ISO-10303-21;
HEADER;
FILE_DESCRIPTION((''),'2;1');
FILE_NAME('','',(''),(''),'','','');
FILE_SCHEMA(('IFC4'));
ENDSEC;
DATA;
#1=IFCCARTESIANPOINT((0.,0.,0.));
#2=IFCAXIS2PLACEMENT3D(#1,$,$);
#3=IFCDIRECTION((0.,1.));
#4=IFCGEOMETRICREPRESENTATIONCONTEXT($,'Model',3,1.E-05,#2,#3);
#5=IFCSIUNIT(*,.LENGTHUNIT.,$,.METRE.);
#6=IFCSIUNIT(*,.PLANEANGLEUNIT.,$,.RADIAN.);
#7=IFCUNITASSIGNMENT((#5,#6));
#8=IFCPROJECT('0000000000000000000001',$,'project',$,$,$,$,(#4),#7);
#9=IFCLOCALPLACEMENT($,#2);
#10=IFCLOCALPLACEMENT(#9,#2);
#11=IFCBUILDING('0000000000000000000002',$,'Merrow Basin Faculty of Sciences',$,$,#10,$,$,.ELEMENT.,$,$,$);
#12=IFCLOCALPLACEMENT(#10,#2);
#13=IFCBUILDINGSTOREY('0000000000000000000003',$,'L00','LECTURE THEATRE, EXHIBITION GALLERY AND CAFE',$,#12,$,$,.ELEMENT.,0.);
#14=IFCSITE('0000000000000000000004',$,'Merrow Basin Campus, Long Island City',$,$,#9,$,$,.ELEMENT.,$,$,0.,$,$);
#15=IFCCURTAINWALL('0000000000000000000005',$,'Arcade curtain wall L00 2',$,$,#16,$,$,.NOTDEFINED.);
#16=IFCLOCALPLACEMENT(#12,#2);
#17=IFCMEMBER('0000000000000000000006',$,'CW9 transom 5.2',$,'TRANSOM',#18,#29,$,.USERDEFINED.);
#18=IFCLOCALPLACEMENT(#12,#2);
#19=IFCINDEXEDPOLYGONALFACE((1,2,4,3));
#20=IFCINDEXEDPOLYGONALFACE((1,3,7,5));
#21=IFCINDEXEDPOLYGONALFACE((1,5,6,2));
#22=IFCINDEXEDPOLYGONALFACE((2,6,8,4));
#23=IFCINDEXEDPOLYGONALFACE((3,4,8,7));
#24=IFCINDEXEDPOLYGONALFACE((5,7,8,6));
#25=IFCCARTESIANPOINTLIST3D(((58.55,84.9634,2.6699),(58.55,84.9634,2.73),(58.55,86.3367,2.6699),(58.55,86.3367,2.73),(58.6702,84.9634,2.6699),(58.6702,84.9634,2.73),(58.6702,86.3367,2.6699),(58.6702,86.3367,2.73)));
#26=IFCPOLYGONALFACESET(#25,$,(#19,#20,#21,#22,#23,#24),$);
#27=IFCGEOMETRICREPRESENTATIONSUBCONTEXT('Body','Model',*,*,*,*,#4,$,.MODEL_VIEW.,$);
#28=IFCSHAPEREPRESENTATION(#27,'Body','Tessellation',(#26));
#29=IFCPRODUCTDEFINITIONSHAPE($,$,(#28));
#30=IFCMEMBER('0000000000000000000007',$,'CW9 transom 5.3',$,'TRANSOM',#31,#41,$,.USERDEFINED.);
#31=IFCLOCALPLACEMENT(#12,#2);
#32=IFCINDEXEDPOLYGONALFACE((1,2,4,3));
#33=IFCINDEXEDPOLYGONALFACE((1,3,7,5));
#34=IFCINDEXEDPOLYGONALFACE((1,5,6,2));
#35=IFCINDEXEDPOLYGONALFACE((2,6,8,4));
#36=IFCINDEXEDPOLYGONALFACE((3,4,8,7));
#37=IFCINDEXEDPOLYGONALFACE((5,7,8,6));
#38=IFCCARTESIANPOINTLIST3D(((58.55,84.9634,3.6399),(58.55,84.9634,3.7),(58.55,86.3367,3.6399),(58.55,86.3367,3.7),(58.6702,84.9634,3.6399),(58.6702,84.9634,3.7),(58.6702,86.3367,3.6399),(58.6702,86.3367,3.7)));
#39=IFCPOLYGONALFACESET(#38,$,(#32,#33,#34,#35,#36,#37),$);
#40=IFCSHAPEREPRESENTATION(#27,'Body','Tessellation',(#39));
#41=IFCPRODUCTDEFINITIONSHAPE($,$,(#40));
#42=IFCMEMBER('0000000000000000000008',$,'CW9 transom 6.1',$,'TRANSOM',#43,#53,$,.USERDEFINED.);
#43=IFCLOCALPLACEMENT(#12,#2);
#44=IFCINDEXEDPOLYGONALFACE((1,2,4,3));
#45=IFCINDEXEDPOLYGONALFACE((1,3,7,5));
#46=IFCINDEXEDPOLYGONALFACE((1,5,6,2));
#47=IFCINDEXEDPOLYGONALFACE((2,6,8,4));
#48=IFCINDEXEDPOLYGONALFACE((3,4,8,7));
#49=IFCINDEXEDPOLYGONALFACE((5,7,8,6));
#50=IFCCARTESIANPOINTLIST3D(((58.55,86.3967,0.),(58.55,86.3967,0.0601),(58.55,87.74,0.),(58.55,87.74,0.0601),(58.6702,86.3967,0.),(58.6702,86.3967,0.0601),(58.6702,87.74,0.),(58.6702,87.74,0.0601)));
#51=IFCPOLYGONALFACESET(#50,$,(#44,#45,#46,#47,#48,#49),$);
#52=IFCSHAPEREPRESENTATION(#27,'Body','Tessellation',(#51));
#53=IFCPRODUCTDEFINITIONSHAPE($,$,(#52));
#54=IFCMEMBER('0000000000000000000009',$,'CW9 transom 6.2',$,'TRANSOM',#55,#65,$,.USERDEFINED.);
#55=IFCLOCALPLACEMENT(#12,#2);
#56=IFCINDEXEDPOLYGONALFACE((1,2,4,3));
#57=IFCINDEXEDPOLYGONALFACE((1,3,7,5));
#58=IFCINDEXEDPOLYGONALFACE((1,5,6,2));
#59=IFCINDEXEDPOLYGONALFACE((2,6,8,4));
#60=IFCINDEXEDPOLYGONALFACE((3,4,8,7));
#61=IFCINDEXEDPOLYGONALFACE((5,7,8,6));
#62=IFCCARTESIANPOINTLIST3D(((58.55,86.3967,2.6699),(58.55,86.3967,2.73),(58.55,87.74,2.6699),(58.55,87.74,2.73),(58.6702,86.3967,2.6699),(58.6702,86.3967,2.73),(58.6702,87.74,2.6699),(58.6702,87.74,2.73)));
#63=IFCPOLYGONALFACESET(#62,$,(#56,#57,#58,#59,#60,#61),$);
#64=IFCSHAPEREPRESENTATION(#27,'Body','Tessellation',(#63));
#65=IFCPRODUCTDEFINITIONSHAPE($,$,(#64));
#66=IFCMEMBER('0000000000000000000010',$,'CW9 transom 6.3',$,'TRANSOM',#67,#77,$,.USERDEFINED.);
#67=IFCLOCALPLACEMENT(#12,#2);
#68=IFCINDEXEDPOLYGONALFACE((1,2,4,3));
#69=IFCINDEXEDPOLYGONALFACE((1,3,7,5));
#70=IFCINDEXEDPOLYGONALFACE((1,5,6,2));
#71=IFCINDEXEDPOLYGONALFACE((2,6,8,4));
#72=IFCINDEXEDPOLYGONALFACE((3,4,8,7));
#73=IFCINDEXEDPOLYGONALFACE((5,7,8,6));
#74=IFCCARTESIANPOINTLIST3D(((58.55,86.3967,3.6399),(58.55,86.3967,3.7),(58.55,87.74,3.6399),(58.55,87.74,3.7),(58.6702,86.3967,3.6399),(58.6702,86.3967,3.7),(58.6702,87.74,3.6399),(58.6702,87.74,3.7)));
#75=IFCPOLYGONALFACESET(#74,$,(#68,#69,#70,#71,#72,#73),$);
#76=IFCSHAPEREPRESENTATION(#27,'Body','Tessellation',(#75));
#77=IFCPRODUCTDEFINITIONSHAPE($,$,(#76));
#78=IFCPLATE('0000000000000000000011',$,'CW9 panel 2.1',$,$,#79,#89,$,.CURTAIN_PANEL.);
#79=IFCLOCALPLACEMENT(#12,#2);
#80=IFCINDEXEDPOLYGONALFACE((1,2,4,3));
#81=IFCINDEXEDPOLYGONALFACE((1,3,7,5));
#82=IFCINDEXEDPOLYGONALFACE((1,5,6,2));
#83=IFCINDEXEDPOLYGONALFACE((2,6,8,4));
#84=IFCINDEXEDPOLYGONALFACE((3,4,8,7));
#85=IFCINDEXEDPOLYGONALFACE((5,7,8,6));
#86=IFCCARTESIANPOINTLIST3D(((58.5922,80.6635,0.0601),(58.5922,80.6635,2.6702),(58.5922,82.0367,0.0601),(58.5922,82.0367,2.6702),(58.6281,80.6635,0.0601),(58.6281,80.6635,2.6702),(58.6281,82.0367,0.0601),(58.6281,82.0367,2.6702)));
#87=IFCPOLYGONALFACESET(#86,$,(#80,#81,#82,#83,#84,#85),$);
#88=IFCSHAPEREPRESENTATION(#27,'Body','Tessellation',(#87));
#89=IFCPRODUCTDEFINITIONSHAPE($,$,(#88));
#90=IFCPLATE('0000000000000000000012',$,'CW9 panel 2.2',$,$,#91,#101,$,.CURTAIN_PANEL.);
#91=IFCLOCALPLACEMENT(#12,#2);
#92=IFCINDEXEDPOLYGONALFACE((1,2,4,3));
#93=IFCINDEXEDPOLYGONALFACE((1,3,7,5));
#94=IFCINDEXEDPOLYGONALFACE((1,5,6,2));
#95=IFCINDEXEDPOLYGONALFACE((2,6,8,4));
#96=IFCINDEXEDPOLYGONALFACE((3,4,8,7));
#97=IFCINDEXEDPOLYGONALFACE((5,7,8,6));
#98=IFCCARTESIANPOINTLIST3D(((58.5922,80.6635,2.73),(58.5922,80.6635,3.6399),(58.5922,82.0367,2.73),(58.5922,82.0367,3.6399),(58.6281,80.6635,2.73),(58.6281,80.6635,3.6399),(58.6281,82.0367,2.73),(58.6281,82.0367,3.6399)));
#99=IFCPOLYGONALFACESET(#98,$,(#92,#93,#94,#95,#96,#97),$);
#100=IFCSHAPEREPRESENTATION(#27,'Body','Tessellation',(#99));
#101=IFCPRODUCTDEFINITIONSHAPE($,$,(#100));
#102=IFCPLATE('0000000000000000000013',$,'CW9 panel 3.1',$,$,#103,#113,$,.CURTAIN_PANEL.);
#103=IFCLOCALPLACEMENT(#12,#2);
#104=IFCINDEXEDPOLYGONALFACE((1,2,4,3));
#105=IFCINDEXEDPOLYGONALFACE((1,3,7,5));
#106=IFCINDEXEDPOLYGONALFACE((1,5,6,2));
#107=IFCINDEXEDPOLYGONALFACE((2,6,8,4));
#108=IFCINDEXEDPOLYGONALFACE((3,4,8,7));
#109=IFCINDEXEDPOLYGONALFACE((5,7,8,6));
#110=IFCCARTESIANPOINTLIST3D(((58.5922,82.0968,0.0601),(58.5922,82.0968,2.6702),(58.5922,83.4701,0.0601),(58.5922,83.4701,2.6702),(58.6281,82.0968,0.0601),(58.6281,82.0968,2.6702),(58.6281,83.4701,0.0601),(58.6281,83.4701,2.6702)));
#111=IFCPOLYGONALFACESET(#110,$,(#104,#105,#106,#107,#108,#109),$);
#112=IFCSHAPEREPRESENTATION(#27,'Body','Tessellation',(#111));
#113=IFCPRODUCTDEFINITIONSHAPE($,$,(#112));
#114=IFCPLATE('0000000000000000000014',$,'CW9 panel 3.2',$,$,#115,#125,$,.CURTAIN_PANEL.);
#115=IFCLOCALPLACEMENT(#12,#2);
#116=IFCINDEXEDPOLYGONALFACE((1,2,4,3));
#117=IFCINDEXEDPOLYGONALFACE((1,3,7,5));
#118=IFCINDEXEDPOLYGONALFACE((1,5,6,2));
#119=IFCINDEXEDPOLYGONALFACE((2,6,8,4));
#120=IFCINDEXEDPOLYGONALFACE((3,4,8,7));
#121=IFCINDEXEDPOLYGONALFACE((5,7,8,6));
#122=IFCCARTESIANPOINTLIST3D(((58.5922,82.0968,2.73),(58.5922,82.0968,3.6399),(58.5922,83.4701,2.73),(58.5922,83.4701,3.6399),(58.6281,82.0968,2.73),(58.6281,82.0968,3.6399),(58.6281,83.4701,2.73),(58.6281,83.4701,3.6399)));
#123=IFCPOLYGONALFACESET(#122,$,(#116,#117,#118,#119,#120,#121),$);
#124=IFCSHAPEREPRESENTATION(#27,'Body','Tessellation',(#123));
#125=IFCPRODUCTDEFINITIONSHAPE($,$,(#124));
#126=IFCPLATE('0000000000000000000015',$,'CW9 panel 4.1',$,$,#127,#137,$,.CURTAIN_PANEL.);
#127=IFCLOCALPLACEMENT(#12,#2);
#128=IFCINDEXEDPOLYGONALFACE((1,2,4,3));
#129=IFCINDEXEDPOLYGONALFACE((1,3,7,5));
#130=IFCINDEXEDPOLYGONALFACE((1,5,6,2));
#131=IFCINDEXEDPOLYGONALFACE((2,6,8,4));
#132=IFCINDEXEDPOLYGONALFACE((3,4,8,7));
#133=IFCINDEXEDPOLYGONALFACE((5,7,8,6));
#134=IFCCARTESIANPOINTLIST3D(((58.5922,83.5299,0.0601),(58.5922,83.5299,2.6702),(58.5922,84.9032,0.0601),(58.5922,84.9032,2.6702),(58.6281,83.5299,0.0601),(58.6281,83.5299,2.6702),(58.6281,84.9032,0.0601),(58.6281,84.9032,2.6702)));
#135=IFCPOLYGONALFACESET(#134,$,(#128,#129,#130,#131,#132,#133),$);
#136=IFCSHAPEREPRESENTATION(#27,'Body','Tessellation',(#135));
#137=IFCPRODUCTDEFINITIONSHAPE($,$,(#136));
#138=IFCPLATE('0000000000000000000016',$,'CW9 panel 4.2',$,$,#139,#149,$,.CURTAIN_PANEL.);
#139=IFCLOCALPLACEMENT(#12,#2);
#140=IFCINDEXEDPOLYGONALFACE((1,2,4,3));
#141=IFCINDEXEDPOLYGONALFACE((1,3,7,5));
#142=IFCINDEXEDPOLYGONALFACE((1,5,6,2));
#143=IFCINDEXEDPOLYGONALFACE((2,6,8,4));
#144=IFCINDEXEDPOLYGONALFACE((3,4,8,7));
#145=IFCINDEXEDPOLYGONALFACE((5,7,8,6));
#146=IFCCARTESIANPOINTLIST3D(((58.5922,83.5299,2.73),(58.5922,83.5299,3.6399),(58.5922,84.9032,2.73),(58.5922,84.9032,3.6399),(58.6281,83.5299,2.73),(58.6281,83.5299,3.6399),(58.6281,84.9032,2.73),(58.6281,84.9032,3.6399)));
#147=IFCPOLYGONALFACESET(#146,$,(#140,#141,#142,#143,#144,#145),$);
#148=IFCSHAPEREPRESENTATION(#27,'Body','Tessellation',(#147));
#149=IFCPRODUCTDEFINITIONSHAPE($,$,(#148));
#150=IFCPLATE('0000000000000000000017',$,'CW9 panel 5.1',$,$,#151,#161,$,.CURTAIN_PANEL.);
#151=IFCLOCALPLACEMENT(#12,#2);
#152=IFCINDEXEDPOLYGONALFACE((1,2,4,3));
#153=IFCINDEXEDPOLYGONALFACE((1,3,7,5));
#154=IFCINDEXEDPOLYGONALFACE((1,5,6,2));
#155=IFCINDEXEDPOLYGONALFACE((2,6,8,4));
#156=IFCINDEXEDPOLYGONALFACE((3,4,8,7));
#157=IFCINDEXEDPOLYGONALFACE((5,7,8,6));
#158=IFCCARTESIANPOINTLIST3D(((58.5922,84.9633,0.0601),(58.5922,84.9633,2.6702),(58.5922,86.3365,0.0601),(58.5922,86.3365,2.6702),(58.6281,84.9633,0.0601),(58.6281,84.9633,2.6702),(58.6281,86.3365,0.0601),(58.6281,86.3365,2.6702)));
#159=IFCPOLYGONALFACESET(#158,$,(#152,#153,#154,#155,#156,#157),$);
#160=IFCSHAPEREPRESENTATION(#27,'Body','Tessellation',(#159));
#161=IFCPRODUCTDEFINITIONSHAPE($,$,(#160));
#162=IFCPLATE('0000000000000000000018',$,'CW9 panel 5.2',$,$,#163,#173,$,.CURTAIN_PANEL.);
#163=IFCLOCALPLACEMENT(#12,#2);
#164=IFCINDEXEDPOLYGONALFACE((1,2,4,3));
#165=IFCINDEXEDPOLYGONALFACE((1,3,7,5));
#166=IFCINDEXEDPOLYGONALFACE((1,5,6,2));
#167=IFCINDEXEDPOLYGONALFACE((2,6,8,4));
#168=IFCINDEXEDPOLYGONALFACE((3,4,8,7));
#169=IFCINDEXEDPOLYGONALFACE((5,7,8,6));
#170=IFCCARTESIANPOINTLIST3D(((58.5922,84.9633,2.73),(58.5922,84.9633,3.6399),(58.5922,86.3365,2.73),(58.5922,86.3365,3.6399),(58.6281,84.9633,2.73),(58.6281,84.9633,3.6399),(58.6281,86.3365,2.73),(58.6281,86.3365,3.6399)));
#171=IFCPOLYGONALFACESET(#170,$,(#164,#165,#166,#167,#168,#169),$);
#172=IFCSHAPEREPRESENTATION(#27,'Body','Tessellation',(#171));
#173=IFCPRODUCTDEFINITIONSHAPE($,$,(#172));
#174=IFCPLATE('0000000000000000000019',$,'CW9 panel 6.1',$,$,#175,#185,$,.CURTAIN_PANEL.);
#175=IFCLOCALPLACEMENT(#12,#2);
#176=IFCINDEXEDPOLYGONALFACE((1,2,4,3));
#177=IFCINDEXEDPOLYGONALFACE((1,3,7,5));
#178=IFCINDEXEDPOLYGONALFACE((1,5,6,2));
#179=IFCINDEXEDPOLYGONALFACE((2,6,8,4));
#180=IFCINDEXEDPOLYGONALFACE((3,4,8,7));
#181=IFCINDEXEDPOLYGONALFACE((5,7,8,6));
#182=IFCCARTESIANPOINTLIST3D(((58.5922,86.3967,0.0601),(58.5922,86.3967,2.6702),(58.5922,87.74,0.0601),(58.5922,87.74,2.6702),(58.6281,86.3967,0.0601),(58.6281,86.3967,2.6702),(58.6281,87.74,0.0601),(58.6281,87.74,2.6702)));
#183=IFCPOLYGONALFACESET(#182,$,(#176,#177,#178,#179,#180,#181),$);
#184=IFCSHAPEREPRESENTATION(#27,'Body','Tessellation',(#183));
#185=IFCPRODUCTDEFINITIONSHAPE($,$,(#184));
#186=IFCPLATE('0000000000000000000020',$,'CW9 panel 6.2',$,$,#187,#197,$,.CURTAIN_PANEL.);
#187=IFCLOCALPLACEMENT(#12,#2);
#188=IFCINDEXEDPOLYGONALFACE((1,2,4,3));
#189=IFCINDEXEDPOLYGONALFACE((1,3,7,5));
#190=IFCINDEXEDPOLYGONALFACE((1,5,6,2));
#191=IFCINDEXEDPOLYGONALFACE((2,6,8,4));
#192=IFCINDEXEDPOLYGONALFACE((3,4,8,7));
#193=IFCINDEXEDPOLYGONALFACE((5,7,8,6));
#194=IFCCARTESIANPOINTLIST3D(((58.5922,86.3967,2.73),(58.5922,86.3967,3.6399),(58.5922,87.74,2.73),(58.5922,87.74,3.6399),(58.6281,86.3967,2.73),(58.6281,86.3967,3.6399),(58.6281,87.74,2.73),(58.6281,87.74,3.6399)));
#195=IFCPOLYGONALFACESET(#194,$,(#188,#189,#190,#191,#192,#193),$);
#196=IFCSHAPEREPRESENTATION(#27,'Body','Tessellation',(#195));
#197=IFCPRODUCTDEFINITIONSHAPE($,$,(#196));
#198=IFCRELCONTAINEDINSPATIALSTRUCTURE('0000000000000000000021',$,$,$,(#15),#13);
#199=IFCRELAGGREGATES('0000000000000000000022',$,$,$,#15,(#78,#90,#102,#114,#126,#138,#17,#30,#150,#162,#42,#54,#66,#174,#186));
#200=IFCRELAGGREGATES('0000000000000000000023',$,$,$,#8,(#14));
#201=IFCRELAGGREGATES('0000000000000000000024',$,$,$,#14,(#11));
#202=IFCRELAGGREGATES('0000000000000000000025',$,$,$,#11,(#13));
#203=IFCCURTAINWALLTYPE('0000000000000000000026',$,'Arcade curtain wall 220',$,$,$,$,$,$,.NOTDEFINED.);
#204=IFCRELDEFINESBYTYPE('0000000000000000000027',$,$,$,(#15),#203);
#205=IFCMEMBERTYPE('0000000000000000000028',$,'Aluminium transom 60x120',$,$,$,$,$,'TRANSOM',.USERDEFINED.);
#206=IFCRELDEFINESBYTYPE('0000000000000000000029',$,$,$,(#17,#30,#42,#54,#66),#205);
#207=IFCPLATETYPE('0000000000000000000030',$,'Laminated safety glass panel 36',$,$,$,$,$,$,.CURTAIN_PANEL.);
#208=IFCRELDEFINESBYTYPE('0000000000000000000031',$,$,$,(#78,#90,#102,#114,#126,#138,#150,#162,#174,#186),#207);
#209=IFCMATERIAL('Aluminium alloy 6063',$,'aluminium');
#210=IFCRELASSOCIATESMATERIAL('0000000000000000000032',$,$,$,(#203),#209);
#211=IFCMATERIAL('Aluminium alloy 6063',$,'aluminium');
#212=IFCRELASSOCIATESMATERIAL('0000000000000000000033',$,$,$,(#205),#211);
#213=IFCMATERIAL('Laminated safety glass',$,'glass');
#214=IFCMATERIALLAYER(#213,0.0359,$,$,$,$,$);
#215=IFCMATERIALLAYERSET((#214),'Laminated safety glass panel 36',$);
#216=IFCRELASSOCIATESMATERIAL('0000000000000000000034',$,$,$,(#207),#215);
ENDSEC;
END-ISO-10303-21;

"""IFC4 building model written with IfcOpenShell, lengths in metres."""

from ifc_helpers import new_model, si_unit, direction, frame, origin, origin_2d, place, context, subcontext, project, spatial, rectangle, extrude, material, layer, layer_set, material_profile, profile_set, type_object, element, aggregate, save


model = new_model("IFC4")

# Units and contexts
model_context = context("Model", 3, precision=1e-05, world=origin(), true_north=direction((0.0, 1.0)))
body_context = subcontext(model_context, "Body", "Model", "MODEL_VIEW")
ifc_project = project(units=[si_unit("LENGTHUNIT", "METRE"), si_unit("PLANEANGLEUNIT", "RADIAN")], contexts=[model_context])

# Site, building, storey
site_placement = place(None, origin())
site = spatial("IfcSite", under=ifc_project, at=site_placement, Name="Merrow Basin Campus, Long Island City", CompositionType="ELEMENT", RefElevation=0.0)
building_placement = place(site_placement, origin())
building = spatial("IfcBuilding", under=site, at=building_placement, Name="Merrow Basin Faculty of Sciences", CompositionType="ELEMENT")
storey_placement = place(building_placement, origin())
storey = spatial("IfcBuildingStorey", under=building, at=storey_placement, Name="L00", Description="LECTURE THEATRE, EXHIBITION GALLERY AND CAFE", CompositionType="ELEMENT", Elevation=0.0)

# Curtain wall, members, plates
ifc_material_1 = material(Name="Aluminium alloy 6063", Category="aluminium")
curtain_wall_type = type_object("IfcCurtainWallType", Name="Arcade curtain wall 220", PredefinedType="NOTDEFINED", material=ifc_material_1)
curtain_wall_placement = place(storey_placement, origin())
curtain_wall = element("IfcCurtainWall", 1, at=curtain_wall_placement, inside=storey, type_object=curtain_wall_type, Name="Arcade curtain wall L00 2", PredefinedType="NOTDEFINED")
ifc_material_2 = material(Name="Aluminium alloy 6063", Category="aluminium")
ifc_material_profile_1 = material_profile(ifc_material_2, rectangle(XDim=0.1201, YDim=0.0601, at=origin_2d()))
ifc_profile_set_1 = profile_set([ifc_material_profile_1], Name="Aluminium alloy 6063")
member_type_1 = type_object("IfcMemberType", Name="Aluminium transom 60x120", ElementType="TRANSOM", PredefinedType="USERDEFINED", material=ifc_profile_set_1)
member_1_placement = place(storey_placement, frame((58.6101, 84.9634, 2.7), z_axis=(0.0, 1.0, 0.0), x_axis=(-1.0, 0.0, 0.0)))
member_1 = element("IfcMember", 2, at=member_1_placement, type_object=member_type_1, Name="CW9 transom 5.2", ObjectType="TRANSOM", PredefinedType="USERDEFINED", context=body_context, shape_type="SweptSolid", body=[
    extrude(rectangle(XDim=0.1201, YDim=0.0601, at=origin_2d()), origin(), (0.0, 0.0, 1.0), 1.3733),
])
member_2_placement = place(storey_placement, frame((58.6101, 84.9634, 3.6699), z_axis=(0.0, 1.0, 0.0), x_axis=(-1.0, 0.0, 0.0)))
member_2 = element("IfcMember", 3, at=member_2_placement, type_object=member_type_1, Name="CW9 transom 5.3", ObjectType="TRANSOM", PredefinedType="USERDEFINED", context=body_context, shape_type="SweptSolid", body=[
    extrude(rectangle(XDim=0.1201, YDim=0.0601, at=origin_2d()), origin(), (0.0, 0.0, 1.0), 1.3733),
])
member_3_placement = place(storey_placement, frame((58.6101, 86.3967, 0.03), z_axis=(0.0, 1.0, 0.0), x_axis=(-1.0, 0.0, 0.0)))
member_3 = element("IfcMember", 4, at=member_3_placement, type_object=member_type_1, Name="CW9 transom 6.1", ObjectType="TRANSOM", PredefinedType="USERDEFINED", context=body_context, shape_type="SweptSolid", body=[
    extrude(rectangle(XDim=0.1201, YDim=0.0601, at=origin_2d()), origin(), (0.0, 0.0, 1.0), 1.3433),
])
member_4_placement = place(storey_placement, frame((58.6101, 86.3967, 2.7), z_axis=(0.0, 1.0, 0.0), x_axis=(-1.0, 0.0, 0.0)))
member_4 = element("IfcMember", 5, at=member_4_placement, type_object=member_type_1, Name="CW9 transom 6.2", ObjectType="TRANSOM", PredefinedType="USERDEFINED", context=body_context, shape_type="SweptSolid", body=[
    extrude(rectangle(XDim=0.1201, YDim=0.0601, at=origin_2d()), origin(), (0.0, 0.0, 1.0), 1.3433),
])
member_5_placement = place(storey_placement, frame((58.6101, 86.3967, 3.6699), z_axis=(0.0, 1.0, 0.0), x_axis=(-1.0, 0.0, 0.0)))
member_5 = element("IfcMember", 6, at=member_5_placement, type_object=member_type_1, Name="CW9 transom 6.3", ObjectType="TRANSOM", PredefinedType="USERDEFINED", context=body_context, shape_type="SweptSolid", body=[
    extrude(rectangle(XDim=0.1201, YDim=0.0601, at=origin_2d()), origin(), (0.0, 0.0, 1.0), 1.3433),
])
ifc_material_3 = material(Name="Laminated safety glass", Category="glass")
ifc_layer = layer(ifc_material_3, 0.0359)
ifc_layer_set = layer_set([ifc_layer], Name="Laminated safety glass panel 36")
plate_type = type_object("IfcPlateType", Name="Laminated safety glass panel 36", PredefinedType="CURTAIN_PANEL", material=ifc_layer_set)
plate_1_placement = place(storey_placement, frame((58.6101, 81.3501, 0.0601), z_axis=(0.0, 0.0, 1.0), x_axis=(0.0, 1.0, 0.0)))
plate_1 = element("IfcPlate", 7, at=plate_1_placement, type_object=plate_type, Name="CW9 panel 2.1", PredefinedType="CURTAIN_PANEL", context=body_context, shape_type="SweptSolid", body=[
    extrude(rectangle(XDim=1.3733, YDim=0.0359, at=origin_2d()), origin(), (0.0, 0.0, 1.0), 2.6101),
])
plate_2_placement = place(storey_placement, frame((58.6101, 81.3501, 2.73), z_axis=(0.0, 0.0, 1.0), x_axis=(0.0, 1.0, 0.0)))
plate_2 = element("IfcPlate", 8, at=plate_2_placement, type_object=plate_type, Name="CW9 panel 2.2", PredefinedType="CURTAIN_PANEL", context=body_context, shape_type="SweptSolid", body=[
    extrude(rectangle(XDim=1.3733, YDim=0.0359, at=origin_2d()), origin(), (0.0, 0.0, 1.0), 0.9099),
])
plate_3_placement = place(storey_placement, frame((58.6101, 82.7834, 0.0601), z_axis=(0.0, 0.0, 1.0), x_axis=(0.0, 1.0, 0.0)))
plate_3 = element("IfcPlate", 9, at=plate_3_placement, type_object=plate_type, Name="CW9 panel 3.1", PredefinedType="CURTAIN_PANEL", context=body_context, shape_type="SweptSolid", body=[
    extrude(rectangle(XDim=1.3733, YDim=0.0359, at=origin_2d()), origin(), (0.0, 0.0, 1.0), 2.6101),
])
plate_4_placement = place(storey_placement, frame((58.6101, 82.7834, 2.73), z_axis=(0.0, 0.0, 1.0), x_axis=(0.0, 1.0, 0.0)))
plate_4 = element("IfcPlate", 10, at=plate_4_placement, type_object=plate_type, Name="CW9 panel 3.2", PredefinedType="CURTAIN_PANEL", context=body_context, shape_type="SweptSolid", body=[
    extrude(rectangle(XDim=1.3733, YDim=0.0359, at=origin_2d()), origin(), (0.0, 0.0, 1.0), 0.9099),
])
plate_5_placement = place(storey_placement, frame((58.6101, 84.2166, 0.0601), z_axis=(0.0, 0.0, 1.0), x_axis=(0.0, 1.0, 0.0)))
plate_5 = element("IfcPlate", 11, at=plate_5_placement, type_object=plate_type, Name="CW9 panel 4.1", PredefinedType="CURTAIN_PANEL", context=body_context, shape_type="SweptSolid", body=[
    extrude(rectangle(XDim=1.3733, YDim=0.0359, at=origin_2d()), origin(), (0.0, 0.0, 1.0), 2.6101),
])
plate_6_placement = place(storey_placement, frame((58.6101, 84.2166, 2.73), z_axis=(0.0, 0.0, 1.0), x_axis=(0.0, 1.0, 0.0)))
plate_6 = element("IfcPlate", 12, at=plate_6_placement, type_object=plate_type, Name="CW9 panel 4.2", PredefinedType="CURTAIN_PANEL", context=body_context, shape_type="SweptSolid", body=[
    extrude(rectangle(XDim=1.3733, YDim=0.0359, at=origin_2d()), origin(), (0.0, 0.0, 1.0), 0.9099),
])
plate_7_placement = place(storey_placement, frame((58.6101, 85.6499, 0.0601), z_axis=(0.0, 0.0, 1.0), x_axis=(0.0, 1.0, 0.0)))
plate_7 = element("IfcPlate", 13, at=plate_7_placement, type_object=plate_type, Name="CW9 panel 5.1", PredefinedType="CURTAIN_PANEL", context=body_context, shape_type="SweptSolid", body=[
    extrude(rectangle(XDim=1.3733, YDim=0.0359, at=origin_2d()), origin(), (0.0, 0.0, 1.0), 2.6101),
])
plate_8_placement = place(storey_placement, frame((58.6101, 85.6499, 2.73), z_axis=(0.0, 0.0, 1.0), x_axis=(0.0, 1.0, 0.0)))
plate_8 = element("IfcPlate", 14, at=plate_8_placement, type_object=plate_type, Name="CW9 panel 5.2", PredefinedType="CURTAIN_PANEL", context=body_context, shape_type="SweptSolid", body=[
    extrude(rectangle(XDim=1.3733, YDim=0.0359, at=origin_2d()), origin(), (0.0, 0.0, 1.0), 0.9099),
])
plate_9_placement = place(storey_placement, frame((58.6101, 87.0684, 0.0601), z_axis=(0.0, 0.0, 1.0), x_axis=(0.0, 1.0, 0.0)))
plate_9 = element("IfcPlate", 15, at=plate_9_placement, type_object=plate_type, Name="CW9 panel 6.1", PredefinedType="CURTAIN_PANEL", context=body_context, shape_type="SweptSolid", body=[
    extrude(rectangle(XDim=1.3433, YDim=0.0359, at=origin_2d()), origin(), (0.0, 0.0, 1.0), 2.6101),
])
plate_10_placement = place(storey_placement, frame((58.6101, 87.0684, 2.73), z_axis=(0.0, 0.0, 1.0), x_axis=(0.0, 1.0, 0.0)))
plate_10 = element("IfcPlate", 16, at=plate_10_placement, type_object=plate_type, Name="CW9 panel 6.2", PredefinedType="CURTAIN_PANEL", context=body_context, shape_type="SweptSolid", body=[
    extrude(rectangle(XDim=1.3433, YDim=0.0359, at=origin_2d()), origin(), (0.0, 0.0, 1.0), 0.9099),
])
aggregate(curtain_wall, [plate_1, plate_2, plate_3, plate_4, plate_5, plate_6, member_1, member_2, plate_7, plate_8, member_3, member_4, member_5, plate_9, plate_10])

save(model, "model.ifc")
